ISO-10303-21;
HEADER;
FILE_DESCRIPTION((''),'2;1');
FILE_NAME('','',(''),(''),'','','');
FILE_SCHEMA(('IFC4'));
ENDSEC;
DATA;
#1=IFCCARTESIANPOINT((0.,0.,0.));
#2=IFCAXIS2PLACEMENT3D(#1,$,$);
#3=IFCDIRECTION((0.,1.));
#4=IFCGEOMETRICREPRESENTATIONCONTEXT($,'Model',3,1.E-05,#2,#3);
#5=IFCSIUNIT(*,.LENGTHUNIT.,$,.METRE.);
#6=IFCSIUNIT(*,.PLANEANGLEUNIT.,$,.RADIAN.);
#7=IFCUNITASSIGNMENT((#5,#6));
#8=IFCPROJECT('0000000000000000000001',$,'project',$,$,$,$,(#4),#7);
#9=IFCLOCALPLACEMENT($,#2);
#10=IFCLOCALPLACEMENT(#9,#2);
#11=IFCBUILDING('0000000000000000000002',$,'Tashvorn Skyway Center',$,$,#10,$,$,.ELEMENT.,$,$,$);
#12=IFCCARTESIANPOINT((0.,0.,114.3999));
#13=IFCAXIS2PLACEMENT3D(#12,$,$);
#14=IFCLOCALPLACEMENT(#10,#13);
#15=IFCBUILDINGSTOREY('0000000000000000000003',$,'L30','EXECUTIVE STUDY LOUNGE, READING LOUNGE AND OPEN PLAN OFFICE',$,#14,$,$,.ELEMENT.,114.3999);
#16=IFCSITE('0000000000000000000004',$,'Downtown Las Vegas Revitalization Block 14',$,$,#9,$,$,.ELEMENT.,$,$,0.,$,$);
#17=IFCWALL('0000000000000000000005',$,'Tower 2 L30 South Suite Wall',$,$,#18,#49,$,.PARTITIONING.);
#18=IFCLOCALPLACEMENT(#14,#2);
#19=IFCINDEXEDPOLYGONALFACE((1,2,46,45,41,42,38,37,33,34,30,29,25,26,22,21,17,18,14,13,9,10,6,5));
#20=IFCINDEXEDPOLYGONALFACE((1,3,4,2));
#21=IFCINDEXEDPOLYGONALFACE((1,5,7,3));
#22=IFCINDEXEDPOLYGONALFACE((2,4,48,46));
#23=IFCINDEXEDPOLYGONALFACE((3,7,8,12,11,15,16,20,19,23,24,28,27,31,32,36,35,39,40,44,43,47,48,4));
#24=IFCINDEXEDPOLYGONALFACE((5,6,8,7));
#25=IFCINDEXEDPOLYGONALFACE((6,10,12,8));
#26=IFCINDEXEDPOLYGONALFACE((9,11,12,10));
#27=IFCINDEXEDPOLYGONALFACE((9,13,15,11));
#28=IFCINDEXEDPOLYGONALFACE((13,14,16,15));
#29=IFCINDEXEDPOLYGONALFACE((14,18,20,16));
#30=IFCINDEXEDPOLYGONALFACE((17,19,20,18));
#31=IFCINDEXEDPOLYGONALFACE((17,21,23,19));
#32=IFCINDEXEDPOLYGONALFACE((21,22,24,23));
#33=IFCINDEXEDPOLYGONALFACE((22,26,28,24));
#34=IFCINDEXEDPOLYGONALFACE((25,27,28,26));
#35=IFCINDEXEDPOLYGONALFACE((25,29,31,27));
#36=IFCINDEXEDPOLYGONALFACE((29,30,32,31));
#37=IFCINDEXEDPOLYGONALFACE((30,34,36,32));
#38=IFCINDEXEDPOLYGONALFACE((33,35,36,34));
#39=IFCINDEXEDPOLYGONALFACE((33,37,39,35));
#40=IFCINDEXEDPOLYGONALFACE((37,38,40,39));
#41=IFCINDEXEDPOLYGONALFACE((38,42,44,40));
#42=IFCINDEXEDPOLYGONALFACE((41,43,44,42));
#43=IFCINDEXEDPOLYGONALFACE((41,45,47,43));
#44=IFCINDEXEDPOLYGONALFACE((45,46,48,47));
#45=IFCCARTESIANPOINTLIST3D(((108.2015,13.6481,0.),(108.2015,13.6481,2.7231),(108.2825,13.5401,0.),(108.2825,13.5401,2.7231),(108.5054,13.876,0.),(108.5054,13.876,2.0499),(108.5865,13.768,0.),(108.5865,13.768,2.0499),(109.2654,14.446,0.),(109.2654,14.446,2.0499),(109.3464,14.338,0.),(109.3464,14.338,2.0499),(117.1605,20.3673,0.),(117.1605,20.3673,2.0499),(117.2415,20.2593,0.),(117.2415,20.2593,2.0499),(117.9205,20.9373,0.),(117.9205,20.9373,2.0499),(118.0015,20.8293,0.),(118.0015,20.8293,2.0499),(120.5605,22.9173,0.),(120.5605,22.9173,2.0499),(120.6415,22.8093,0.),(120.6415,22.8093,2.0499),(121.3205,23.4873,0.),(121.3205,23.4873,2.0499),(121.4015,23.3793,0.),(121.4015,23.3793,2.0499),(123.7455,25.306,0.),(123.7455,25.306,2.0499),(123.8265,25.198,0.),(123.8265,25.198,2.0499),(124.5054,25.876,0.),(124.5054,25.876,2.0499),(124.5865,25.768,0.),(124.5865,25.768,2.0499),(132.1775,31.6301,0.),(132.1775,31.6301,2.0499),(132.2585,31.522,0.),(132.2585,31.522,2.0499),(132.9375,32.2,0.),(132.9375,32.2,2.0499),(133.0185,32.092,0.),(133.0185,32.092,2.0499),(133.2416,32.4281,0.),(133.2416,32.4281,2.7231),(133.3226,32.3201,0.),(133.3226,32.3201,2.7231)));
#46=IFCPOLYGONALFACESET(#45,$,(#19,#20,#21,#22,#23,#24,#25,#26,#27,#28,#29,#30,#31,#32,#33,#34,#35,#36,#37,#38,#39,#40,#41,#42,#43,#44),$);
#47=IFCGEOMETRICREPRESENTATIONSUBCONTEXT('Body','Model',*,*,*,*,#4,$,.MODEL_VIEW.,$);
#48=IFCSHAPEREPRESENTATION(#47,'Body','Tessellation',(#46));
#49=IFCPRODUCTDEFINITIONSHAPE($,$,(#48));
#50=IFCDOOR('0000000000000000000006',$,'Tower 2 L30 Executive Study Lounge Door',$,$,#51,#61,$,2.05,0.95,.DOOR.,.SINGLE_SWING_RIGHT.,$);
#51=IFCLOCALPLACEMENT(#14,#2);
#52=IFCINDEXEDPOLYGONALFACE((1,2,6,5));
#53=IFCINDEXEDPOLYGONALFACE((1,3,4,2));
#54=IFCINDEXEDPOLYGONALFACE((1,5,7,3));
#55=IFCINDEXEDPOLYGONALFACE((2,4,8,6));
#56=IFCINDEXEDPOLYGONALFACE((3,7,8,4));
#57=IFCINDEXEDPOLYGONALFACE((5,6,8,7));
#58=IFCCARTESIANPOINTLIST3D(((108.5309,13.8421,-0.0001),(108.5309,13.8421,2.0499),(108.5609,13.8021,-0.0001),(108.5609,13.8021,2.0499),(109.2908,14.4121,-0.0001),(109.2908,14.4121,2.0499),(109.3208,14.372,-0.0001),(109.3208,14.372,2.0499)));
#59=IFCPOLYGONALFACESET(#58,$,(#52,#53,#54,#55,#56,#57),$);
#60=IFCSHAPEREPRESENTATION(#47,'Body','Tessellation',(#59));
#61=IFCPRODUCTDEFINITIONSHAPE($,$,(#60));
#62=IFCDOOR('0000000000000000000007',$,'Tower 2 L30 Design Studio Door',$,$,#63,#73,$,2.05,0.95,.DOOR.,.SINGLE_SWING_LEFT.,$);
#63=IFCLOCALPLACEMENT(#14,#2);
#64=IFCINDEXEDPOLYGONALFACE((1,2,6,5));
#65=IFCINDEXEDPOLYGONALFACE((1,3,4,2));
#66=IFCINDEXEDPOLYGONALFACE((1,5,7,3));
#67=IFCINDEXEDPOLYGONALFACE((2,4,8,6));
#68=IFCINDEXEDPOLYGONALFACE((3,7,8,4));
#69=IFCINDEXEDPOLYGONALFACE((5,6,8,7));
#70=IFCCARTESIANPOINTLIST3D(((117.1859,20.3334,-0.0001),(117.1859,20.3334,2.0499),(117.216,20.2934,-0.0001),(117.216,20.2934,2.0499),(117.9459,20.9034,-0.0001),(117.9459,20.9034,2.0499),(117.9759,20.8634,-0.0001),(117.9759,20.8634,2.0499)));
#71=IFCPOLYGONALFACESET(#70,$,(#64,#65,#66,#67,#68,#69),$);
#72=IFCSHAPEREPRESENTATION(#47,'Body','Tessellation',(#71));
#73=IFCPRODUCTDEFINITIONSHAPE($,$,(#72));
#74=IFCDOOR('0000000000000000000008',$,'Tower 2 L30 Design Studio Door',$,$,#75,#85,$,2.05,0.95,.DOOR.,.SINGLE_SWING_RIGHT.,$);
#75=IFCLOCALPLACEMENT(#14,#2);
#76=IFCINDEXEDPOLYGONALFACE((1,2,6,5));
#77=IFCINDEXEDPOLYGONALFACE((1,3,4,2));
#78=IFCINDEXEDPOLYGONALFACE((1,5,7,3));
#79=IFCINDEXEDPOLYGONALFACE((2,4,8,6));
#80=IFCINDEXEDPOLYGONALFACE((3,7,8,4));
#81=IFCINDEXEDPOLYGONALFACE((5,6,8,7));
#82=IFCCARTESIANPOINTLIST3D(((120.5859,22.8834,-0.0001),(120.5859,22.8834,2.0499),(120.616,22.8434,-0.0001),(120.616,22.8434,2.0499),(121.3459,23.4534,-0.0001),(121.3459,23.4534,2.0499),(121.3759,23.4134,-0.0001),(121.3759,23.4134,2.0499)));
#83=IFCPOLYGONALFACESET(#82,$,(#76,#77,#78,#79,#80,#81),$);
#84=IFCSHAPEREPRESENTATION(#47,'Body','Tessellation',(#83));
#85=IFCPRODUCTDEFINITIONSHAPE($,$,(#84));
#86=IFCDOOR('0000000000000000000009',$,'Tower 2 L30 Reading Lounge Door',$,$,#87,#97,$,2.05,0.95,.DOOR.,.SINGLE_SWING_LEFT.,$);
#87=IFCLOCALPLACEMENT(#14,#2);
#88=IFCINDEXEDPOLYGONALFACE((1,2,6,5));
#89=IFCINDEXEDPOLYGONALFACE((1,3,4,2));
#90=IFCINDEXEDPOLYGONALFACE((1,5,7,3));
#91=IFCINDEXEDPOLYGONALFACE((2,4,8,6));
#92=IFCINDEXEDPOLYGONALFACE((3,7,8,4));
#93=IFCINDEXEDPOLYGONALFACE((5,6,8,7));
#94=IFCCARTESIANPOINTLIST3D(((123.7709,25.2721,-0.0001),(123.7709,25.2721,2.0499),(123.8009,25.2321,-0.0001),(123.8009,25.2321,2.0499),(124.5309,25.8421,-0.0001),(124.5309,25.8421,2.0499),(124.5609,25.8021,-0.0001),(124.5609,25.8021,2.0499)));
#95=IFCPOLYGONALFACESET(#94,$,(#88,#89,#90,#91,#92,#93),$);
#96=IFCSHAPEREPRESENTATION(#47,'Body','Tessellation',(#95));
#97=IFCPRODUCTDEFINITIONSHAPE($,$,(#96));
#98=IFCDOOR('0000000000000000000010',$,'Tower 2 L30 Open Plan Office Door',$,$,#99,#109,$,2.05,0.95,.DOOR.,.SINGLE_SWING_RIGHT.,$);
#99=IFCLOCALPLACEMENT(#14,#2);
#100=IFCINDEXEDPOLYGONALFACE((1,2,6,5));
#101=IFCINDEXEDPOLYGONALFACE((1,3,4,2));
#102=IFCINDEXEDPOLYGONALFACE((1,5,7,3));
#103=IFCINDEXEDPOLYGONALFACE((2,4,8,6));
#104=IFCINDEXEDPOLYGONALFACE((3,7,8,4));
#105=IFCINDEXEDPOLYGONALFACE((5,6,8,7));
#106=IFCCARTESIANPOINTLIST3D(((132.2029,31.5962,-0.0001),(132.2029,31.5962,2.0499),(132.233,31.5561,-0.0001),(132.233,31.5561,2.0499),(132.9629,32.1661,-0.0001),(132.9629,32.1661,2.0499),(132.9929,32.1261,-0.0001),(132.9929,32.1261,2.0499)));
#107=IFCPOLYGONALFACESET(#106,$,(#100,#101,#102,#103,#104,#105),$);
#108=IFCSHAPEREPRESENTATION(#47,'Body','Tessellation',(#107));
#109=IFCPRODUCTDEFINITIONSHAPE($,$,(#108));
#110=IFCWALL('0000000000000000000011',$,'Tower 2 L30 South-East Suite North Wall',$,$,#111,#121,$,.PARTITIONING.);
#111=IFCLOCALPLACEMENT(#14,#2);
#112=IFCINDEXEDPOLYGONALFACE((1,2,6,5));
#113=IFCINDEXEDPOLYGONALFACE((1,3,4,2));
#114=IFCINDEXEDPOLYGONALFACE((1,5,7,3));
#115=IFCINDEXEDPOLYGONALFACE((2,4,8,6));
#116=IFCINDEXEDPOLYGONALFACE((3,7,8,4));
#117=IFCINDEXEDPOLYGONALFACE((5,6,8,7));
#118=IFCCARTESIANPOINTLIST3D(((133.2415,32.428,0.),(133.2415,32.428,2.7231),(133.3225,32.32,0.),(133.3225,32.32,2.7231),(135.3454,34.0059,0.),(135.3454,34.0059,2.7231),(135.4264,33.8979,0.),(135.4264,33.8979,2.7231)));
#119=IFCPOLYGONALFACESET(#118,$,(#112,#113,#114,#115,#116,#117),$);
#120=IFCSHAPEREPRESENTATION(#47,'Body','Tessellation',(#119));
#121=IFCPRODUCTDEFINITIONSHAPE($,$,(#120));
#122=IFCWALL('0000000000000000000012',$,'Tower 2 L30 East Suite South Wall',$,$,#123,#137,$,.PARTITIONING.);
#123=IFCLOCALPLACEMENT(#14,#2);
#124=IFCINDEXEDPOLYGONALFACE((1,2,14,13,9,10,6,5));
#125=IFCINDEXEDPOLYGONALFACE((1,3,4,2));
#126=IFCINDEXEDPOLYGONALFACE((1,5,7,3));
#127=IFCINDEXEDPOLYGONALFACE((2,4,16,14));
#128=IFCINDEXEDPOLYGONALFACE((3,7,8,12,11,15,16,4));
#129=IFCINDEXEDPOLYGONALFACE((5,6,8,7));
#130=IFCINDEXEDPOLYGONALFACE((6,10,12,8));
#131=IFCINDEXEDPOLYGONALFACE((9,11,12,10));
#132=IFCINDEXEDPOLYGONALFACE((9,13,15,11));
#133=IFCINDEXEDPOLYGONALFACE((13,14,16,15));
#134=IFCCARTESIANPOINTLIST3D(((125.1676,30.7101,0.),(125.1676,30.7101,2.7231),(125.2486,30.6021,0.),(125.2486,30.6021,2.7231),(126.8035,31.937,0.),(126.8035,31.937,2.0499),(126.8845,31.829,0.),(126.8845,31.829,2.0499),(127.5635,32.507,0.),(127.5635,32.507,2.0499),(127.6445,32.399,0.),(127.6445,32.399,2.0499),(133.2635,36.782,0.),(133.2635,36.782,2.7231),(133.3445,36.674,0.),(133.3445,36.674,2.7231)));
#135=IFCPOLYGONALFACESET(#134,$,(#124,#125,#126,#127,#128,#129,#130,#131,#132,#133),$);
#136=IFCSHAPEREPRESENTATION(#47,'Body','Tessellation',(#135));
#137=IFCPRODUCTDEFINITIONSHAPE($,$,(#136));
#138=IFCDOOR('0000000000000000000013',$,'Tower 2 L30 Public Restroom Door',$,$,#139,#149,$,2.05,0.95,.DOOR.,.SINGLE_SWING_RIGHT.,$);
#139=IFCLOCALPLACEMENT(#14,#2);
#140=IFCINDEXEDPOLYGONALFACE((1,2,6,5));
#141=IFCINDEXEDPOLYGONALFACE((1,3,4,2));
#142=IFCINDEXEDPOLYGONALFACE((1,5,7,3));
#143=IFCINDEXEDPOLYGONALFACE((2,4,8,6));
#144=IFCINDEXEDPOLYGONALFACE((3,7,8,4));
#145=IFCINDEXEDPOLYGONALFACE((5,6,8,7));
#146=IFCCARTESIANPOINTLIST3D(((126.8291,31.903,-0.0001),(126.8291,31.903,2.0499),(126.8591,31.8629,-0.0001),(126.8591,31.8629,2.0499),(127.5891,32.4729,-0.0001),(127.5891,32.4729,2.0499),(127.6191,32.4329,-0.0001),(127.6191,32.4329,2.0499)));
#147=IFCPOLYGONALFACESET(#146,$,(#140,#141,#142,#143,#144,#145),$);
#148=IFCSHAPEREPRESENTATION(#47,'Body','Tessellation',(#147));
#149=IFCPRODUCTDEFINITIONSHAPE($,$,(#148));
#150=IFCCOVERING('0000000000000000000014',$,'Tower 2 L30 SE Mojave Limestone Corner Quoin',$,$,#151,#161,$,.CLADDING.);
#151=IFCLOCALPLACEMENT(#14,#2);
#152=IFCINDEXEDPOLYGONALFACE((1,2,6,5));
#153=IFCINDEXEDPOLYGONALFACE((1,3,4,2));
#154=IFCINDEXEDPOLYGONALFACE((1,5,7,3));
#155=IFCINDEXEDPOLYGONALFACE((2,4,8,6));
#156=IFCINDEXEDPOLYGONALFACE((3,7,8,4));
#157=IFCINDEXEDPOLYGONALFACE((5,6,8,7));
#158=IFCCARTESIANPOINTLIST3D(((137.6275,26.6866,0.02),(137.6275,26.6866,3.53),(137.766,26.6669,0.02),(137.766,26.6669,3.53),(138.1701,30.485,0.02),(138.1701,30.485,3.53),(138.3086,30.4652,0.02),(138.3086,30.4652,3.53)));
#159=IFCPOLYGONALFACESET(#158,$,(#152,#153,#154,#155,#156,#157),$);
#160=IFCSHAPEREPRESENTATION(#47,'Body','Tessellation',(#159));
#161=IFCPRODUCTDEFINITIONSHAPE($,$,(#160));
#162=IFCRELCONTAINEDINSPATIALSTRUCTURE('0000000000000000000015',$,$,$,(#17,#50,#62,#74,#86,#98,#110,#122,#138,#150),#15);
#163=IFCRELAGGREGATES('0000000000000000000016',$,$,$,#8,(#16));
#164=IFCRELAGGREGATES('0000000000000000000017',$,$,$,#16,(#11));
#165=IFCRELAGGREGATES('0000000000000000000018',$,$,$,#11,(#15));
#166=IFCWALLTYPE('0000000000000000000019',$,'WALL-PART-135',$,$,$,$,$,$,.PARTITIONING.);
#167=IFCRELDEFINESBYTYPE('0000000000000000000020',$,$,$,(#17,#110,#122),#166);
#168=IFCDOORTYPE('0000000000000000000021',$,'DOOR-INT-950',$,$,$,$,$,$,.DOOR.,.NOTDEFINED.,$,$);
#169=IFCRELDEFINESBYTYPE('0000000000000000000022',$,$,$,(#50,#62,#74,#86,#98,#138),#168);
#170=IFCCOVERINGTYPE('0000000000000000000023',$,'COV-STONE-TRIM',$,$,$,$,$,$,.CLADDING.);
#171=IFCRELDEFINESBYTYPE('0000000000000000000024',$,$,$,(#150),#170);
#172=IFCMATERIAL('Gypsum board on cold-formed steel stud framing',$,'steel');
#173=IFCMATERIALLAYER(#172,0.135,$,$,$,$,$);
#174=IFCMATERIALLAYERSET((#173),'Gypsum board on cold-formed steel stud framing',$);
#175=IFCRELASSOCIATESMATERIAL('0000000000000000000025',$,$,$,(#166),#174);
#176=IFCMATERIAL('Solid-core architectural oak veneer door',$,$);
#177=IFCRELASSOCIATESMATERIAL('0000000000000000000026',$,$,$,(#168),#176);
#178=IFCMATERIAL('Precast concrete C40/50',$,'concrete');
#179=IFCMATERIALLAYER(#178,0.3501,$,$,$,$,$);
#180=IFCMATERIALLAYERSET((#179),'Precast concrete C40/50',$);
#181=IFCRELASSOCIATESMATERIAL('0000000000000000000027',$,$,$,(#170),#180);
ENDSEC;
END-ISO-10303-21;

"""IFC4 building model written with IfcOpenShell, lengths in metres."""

from ifc_helpers import new_model, si_unit, direction, frame, frame_2d, origin, origin_2d, place, context, subcontext, project, spatial, rectangle, extrude, material, layer, layer_set, type_object, element, fill, save


model = new_model("IFC4")

# Units and contexts
model_context = context("Model", 3, precision=1e-05, world=origin(), true_north=direction((0.0, 1.0)))
body_context = subcontext(model_context, "Body", "Model", "MODEL_VIEW")
ifc_project = project(units=[si_unit("LENGTHUNIT", "METRE"), si_unit("PLANEANGLEUNIT", "RADIAN")], contexts=[model_context])

# Site, building, storey
site_placement = place(None, origin())
site = spatial("IfcSite", under=ifc_project, at=site_placement, Name="Downtown Las Vegas Revitalization Block 14", CompositionType="ELEMENT", RefElevation=0.0)
building_placement = place(site_placement, origin())
building = spatial("IfcBuilding", under=site, at=building_placement, Name="Tashvorn Skyway Center", CompositionType="ELEMENT")
storey_placement = place(building_placement, frame((0.0, 0.0, 114.3999)))
storey = spatial("IfcBuildingStorey", under=building, at=storey_placement, Name="L30", Description="EXECUTIVE STUDY LOUNGE, READING LOUNGE AND OPEN PLAN OFFICE", CompositionType="ELEMENT", Elevation=114.3999)

# Shared definitions
ifc_material_1 = material(Name="Precast concrete C40/50", Category="concrete")

# Wall, openings, doors
ifc_material_2 = material(Name="Gypsum board on cold-formed steel stud framing", Category="steel")
ifc_layer_1 = layer(ifc_material_2, 0.135)
ifc_layer_set_1 = layer_set([ifc_layer_1], Name="Gypsum board on cold-formed steel stud framing")
wall_type_1 = type_object("IfcWallType", Name="WALL-PART-135", PredefinedType="PARTITIONING", material=ifc_layer_set_1)
wall_1_placement = place(storey_placement, frame((133.282, 32.374, 0.0), z_axis=(0.0, 0.0, 1.0), x_axis=(-0.8, -0.6, 0.0)))
wall_1 = element("IfcWall", 1, at=wall_1_placement, inside=storey, type_object=wall_type_1, Name="Tower 2 L30 South Suite Wall", PredefinedType="PARTITIONING", context=body_context, shape_type="SweptSolid", body=[
    extrude(rectangle(XDim=31.3, YDim=0.135, at=frame_2d((15.6499, 0.0))), origin(), (0.0, 0.0, 1.0), 2.7231),
])
opening_1_placement = place(wall_1_placement, frame((29.97, 0.0, 0.0)))
opening_1 = element("IfcOpeningElement", 2, at=opening_1_placement, cuts=wall_1, PredefinedType="OPENING", context=body_context, shape_type="SweptSolid", body=[
    extrude(rectangle(XDim=0.95, YDim=2.05, at=frame_2d((0.4751, 1.0249))), frame((0.0, 0.0774, 0.0), z_axis=(0.0, -1.0, 0.0), x_axis=(1.0, 0.0, 0.0)), (0.0, 0.0, 1.0), 0.155),
])
opening_2_placement = place(wall_1_placement, frame((19.1511, 0.0, 0.0)))
opening_2 = element("IfcOpeningElement", 3, at=opening_2_placement, cuts=wall_1, PredefinedType="OPENING", context=body_context, shape_type="SweptSolid", body=[
    extrude(rectangle(XDim=0.95, YDim=2.05, at=frame_2d((0.4751, 1.0249))), frame((0.0, 0.0774, 0.0), z_axis=(0.0, -1.0, 0.0), x_axis=(1.0, 0.0, 0.0)), (0.0, 0.0, 1.0), 0.155),
])
opening_3_placement = place(wall_1_placement, frame((14.9011, 0.0, 0.0)))
opening_3 = element("IfcOpeningElement", 4, at=opening_3_placement, cuts=wall_1, PredefinedType="OPENING", context=body_context, shape_type="SweptSolid", body=[
    extrude(rectangle(XDim=0.95, YDim=2.05, at=frame_2d((0.4751, 1.0249))), frame((0.0, 0.0774, 0.0), z_axis=(0.0, -1.0, 0.0), x_axis=(1.0, 0.0, 0.0)), (0.0, 0.0, 1.0), 0.155),
])
opening_4_placement = place(wall_1_placement, frame((10.9199, 0.0, 0.0)))
opening_4 = element("IfcOpeningElement", 5, at=opening_4_placement, cuts=wall_1, PredefinedType="OPENING", context=body_context, shape_type="SweptSolid", body=[
    extrude(rectangle(XDim=0.95, YDim=2.05, at=frame_2d((0.4751, 1.0249))), frame((0.0, 0.0774, 0.0), z_axis=(0.0, -1.0, 0.0), x_axis=(1.0, 0.0, 0.0)), (0.0, 0.0, 1.0), 0.155),
])
opening_5_placement = place(wall_1_placement, frame((0.3799, 0.0, 0.0)))
opening_5 = element("IfcOpeningElement", 6, at=opening_5_placement, cuts=wall_1, PredefinedType="OPENING", context=body_context, shape_type="SweptSolid", body=[
    extrude(rectangle(XDim=0.95, YDim=2.05, at=frame_2d((0.4751, 1.0249))), frame((0.0, 0.0774, 0.0), z_axis=(0.0, -1.0, 0.0), x_axis=(1.0, 0.0, 0.0)), (0.0, 0.0, 1.0), 0.155),
])
ifc_material_3 = material(Name="Solid-core architectural oak veneer door")
door_type_1 = type_object("IfcDoorType", Name="DOOR-INT-950", OperationType="NOTDEFINED", PredefinedType="DOOR", material=ifc_material_3)
door_1_placement = place(opening_1_placement, origin())
door_1 = element("IfcDoor", 7, at=door_1_placement, inside=storey, type_object=door_type_1, Name="Tower 2 L30 Executive Study Lounge Door", OperationType="SINGLE_SWING_RIGHT", OverallHeight=2.05, OverallWidth=0.95, PredefinedType="DOOR", context=body_context, shape_type="SweptSolid", body=[
    extrude(rectangle(XDim=0.95, YDim=2.05, at=frame_2d((0.4751, 1.0249))), frame((0.0, 0.0249, 0.0), z_axis=(0.0, -1.0, 0.0), x_axis=(1.0, 0.0, 0.0)), (0.0, 0.0, 1.0), 0.05),
])
fill(opening_1, door_1)
door_2_placement = place(opening_2_placement, origin())
door_2 = element("IfcDoor", 8, at=door_2_placement, inside=storey, type_object=door_type_1, Name="Tower 2 L30 Design Studio Door", OperationType="SINGLE_SWING_LEFT", OverallHeight=2.05, OverallWidth=0.95, PredefinedType="DOOR", context=body_context, shape_type="SweptSolid", body=[
    extrude(rectangle(XDim=0.95, YDim=2.05, at=frame_2d((0.4751, 1.0249))), frame((0.0, 0.0249, 0.0), z_axis=(0.0, -1.0, 0.0), x_axis=(1.0, 0.0, 0.0)), (0.0, 0.0, 1.0), 0.05),
])
fill(opening_2, door_2)
door_3_placement = place(opening_3_placement, origin())
door_3 = element("IfcDoor", 9, at=door_3_placement, inside=storey, type_object=door_type_1, Name="Tower 2 L30 Design Studio Door", OperationType="SINGLE_SWING_RIGHT", OverallHeight=2.05, OverallWidth=0.95, PredefinedType="DOOR", context=body_context, shape_type="SweptSolid", body=[
    extrude(rectangle(XDim=0.95, YDim=2.05, at=frame_2d((0.4751, 1.0249))), frame((0.0, 0.0249, 0.0), z_axis=(0.0, -1.0, 0.0), x_axis=(1.0, 0.0, 0.0)), (0.0, 0.0, 1.0), 0.05),
])
fill(opening_3, door_3)
door_4_placement = place(opening_4_placement, origin())
door_4 = element("IfcDoor", 10, at=door_4_placement, inside=storey, type_object=door_type_1, Name="Tower 2 L30 Reading Lounge Door", OperationType="SINGLE_SWING_LEFT", OverallHeight=2.05, OverallWidth=0.95, PredefinedType="DOOR", context=body_context, shape_type="SweptSolid", body=[
    extrude(rectangle(XDim=0.95, YDim=2.05, at=frame_2d((0.4751, 1.0249))), frame((0.0, 0.0249, 0.0), z_axis=(0.0, -1.0, 0.0), x_axis=(1.0, 0.0, 0.0)), (0.0, 0.0, 1.0), 0.05),
])
fill(opening_4, door_4)
door_5_placement = place(opening_5_placement, origin())
door_5 = element("IfcDoor", 11, at=door_5_placement, inside=storey, type_object=door_type_1, Name="Tower 2 L30 Open Plan Office Door", OperationType="SINGLE_SWING_RIGHT", OverallHeight=2.05, OverallWidth=0.95, PredefinedType="DOOR", context=body_context, shape_type="SweptSolid", body=[
    extrude(rectangle(XDim=0.95, YDim=2.05, at=frame_2d((0.4751, 1.0249))), frame((0.0, 0.0249, 0.0), z_axis=(0.0, -1.0, 0.0), x_axis=(1.0, 0.0, 0.0)), (0.0, 0.0, 1.0), 0.05),
])
fill(opening_5, door_5)

# Wall
wall_2_placement = place(storey_placement, frame((133.282, 32.374, 0.0), z_axis=(0.0, 0.0, 1.0), x_axis=(0.800022, 0.59997, 0.0)))
element("IfcWall", 12, at=wall_2_placement, inside=storey, type_object=wall_type_1, Name="Tower 2 L30 South-East Suite North Wall", PredefinedType="PARTITIONING", context=body_context, shape_type="SweptSolid", body=[
    extrude(rectangle(XDim=2.6299, YDim=0.135, at=frame_2d((1.3149, 0.0))), origin(), (0.0, 0.0, 1.0), 2.7231),
])

# Wall, opening, door
wall_3_placement = place(storey_placement, frame((125.208, 30.656, 0.0), z_axis=(0.0, 0.0, 1.0), x_axis=(0.799997, 0.600004, 0.0)))
wall_3 = element("IfcWall", 13, at=wall_3_placement, inside=storey, type_object=wall_type_1, Name="Tower 2 L30 East Suite South Wall", PredefinedType="PARTITIONING", context=body_context, shape_type="SweptSolid", body=[
    extrude(rectangle(XDim=10.1199, YDim=0.135, at=frame_2d((5.0601, 0.0))), origin(), (0.0, 0.0, 1.0), 2.7231),
])
opening_6_placement = place(wall_3_placement, frame((2.0449, 0.0, 0.0)))
opening_6 = element("IfcOpeningElement", 14, at=opening_6_placement, cuts=wall_3, PredefinedType="OPENING", context=body_context, shape_type="SweptSolid", body=[
    extrude(rectangle(XDim=0.95, YDim=2.05, at=frame_2d((0.4751, 1.0249))), frame((0.0, 0.0774, 0.0), z_axis=(0.0, -1.0, 0.0), x_axis=(1.0, 0.0, 0.0)), (0.0, 0.0, 1.0), 0.155),
])
door_6_placement = place(opening_6_placement, origin())
door_6 = element("IfcDoor", 15, at=door_6_placement, inside=storey, type_object=door_type_1, Name="Tower 2 L30 Public Restroom Door", OperationType="SINGLE_SWING_RIGHT", OverallHeight=2.05, OverallWidth=0.95, PredefinedType="DOOR", context=body_context, shape_type="SweptSolid", body=[
    extrude(rectangle(XDim=0.95, YDim=2.05, at=frame_2d((0.4751, 1.0249))), frame((0.0, 0.0249, 0.0), z_axis=(0.0, -1.0, 0.0), x_axis=(1.0, 0.0, 0.0)), (0.0, 0.0, 1.0), 0.05),
])
fill(opening_6, door_6)

# Covering
ifc_layer_2 = layer(ifc_material_1, 0.3501)
ifc_layer_set_2 = layer_set([ifc_layer_2], Name="Precast concrete C40/50")
covering_type = type_object("IfcCoveringType", Name="COV-STONE-TRIM", PredefinedType="CLADDING", material=ifc_layer_set_2)
covering_placement = place(storey_placement, frame((137.968, 28.5759, 0.02), z_axis=(0.0, 0.0, 1.0), x_axis=(0.141421, 0.989949, 0.0)))
element("IfcCovering", 16, at=covering_placement, inside=storey, type_object=covering_type, Name="Tower 2 L30 SE Mojave Limestone Corner Quoin", PredefinedType="CLADDING", context=body_context, shape_type="SweptSolid", body=[
    extrude(rectangle(XDim=3.8369, YDim=0.1399, at=origin_2d()), origin(), (0.0, 0.0, 1.0), 3.51),
])

save(model, "model.ifc")
